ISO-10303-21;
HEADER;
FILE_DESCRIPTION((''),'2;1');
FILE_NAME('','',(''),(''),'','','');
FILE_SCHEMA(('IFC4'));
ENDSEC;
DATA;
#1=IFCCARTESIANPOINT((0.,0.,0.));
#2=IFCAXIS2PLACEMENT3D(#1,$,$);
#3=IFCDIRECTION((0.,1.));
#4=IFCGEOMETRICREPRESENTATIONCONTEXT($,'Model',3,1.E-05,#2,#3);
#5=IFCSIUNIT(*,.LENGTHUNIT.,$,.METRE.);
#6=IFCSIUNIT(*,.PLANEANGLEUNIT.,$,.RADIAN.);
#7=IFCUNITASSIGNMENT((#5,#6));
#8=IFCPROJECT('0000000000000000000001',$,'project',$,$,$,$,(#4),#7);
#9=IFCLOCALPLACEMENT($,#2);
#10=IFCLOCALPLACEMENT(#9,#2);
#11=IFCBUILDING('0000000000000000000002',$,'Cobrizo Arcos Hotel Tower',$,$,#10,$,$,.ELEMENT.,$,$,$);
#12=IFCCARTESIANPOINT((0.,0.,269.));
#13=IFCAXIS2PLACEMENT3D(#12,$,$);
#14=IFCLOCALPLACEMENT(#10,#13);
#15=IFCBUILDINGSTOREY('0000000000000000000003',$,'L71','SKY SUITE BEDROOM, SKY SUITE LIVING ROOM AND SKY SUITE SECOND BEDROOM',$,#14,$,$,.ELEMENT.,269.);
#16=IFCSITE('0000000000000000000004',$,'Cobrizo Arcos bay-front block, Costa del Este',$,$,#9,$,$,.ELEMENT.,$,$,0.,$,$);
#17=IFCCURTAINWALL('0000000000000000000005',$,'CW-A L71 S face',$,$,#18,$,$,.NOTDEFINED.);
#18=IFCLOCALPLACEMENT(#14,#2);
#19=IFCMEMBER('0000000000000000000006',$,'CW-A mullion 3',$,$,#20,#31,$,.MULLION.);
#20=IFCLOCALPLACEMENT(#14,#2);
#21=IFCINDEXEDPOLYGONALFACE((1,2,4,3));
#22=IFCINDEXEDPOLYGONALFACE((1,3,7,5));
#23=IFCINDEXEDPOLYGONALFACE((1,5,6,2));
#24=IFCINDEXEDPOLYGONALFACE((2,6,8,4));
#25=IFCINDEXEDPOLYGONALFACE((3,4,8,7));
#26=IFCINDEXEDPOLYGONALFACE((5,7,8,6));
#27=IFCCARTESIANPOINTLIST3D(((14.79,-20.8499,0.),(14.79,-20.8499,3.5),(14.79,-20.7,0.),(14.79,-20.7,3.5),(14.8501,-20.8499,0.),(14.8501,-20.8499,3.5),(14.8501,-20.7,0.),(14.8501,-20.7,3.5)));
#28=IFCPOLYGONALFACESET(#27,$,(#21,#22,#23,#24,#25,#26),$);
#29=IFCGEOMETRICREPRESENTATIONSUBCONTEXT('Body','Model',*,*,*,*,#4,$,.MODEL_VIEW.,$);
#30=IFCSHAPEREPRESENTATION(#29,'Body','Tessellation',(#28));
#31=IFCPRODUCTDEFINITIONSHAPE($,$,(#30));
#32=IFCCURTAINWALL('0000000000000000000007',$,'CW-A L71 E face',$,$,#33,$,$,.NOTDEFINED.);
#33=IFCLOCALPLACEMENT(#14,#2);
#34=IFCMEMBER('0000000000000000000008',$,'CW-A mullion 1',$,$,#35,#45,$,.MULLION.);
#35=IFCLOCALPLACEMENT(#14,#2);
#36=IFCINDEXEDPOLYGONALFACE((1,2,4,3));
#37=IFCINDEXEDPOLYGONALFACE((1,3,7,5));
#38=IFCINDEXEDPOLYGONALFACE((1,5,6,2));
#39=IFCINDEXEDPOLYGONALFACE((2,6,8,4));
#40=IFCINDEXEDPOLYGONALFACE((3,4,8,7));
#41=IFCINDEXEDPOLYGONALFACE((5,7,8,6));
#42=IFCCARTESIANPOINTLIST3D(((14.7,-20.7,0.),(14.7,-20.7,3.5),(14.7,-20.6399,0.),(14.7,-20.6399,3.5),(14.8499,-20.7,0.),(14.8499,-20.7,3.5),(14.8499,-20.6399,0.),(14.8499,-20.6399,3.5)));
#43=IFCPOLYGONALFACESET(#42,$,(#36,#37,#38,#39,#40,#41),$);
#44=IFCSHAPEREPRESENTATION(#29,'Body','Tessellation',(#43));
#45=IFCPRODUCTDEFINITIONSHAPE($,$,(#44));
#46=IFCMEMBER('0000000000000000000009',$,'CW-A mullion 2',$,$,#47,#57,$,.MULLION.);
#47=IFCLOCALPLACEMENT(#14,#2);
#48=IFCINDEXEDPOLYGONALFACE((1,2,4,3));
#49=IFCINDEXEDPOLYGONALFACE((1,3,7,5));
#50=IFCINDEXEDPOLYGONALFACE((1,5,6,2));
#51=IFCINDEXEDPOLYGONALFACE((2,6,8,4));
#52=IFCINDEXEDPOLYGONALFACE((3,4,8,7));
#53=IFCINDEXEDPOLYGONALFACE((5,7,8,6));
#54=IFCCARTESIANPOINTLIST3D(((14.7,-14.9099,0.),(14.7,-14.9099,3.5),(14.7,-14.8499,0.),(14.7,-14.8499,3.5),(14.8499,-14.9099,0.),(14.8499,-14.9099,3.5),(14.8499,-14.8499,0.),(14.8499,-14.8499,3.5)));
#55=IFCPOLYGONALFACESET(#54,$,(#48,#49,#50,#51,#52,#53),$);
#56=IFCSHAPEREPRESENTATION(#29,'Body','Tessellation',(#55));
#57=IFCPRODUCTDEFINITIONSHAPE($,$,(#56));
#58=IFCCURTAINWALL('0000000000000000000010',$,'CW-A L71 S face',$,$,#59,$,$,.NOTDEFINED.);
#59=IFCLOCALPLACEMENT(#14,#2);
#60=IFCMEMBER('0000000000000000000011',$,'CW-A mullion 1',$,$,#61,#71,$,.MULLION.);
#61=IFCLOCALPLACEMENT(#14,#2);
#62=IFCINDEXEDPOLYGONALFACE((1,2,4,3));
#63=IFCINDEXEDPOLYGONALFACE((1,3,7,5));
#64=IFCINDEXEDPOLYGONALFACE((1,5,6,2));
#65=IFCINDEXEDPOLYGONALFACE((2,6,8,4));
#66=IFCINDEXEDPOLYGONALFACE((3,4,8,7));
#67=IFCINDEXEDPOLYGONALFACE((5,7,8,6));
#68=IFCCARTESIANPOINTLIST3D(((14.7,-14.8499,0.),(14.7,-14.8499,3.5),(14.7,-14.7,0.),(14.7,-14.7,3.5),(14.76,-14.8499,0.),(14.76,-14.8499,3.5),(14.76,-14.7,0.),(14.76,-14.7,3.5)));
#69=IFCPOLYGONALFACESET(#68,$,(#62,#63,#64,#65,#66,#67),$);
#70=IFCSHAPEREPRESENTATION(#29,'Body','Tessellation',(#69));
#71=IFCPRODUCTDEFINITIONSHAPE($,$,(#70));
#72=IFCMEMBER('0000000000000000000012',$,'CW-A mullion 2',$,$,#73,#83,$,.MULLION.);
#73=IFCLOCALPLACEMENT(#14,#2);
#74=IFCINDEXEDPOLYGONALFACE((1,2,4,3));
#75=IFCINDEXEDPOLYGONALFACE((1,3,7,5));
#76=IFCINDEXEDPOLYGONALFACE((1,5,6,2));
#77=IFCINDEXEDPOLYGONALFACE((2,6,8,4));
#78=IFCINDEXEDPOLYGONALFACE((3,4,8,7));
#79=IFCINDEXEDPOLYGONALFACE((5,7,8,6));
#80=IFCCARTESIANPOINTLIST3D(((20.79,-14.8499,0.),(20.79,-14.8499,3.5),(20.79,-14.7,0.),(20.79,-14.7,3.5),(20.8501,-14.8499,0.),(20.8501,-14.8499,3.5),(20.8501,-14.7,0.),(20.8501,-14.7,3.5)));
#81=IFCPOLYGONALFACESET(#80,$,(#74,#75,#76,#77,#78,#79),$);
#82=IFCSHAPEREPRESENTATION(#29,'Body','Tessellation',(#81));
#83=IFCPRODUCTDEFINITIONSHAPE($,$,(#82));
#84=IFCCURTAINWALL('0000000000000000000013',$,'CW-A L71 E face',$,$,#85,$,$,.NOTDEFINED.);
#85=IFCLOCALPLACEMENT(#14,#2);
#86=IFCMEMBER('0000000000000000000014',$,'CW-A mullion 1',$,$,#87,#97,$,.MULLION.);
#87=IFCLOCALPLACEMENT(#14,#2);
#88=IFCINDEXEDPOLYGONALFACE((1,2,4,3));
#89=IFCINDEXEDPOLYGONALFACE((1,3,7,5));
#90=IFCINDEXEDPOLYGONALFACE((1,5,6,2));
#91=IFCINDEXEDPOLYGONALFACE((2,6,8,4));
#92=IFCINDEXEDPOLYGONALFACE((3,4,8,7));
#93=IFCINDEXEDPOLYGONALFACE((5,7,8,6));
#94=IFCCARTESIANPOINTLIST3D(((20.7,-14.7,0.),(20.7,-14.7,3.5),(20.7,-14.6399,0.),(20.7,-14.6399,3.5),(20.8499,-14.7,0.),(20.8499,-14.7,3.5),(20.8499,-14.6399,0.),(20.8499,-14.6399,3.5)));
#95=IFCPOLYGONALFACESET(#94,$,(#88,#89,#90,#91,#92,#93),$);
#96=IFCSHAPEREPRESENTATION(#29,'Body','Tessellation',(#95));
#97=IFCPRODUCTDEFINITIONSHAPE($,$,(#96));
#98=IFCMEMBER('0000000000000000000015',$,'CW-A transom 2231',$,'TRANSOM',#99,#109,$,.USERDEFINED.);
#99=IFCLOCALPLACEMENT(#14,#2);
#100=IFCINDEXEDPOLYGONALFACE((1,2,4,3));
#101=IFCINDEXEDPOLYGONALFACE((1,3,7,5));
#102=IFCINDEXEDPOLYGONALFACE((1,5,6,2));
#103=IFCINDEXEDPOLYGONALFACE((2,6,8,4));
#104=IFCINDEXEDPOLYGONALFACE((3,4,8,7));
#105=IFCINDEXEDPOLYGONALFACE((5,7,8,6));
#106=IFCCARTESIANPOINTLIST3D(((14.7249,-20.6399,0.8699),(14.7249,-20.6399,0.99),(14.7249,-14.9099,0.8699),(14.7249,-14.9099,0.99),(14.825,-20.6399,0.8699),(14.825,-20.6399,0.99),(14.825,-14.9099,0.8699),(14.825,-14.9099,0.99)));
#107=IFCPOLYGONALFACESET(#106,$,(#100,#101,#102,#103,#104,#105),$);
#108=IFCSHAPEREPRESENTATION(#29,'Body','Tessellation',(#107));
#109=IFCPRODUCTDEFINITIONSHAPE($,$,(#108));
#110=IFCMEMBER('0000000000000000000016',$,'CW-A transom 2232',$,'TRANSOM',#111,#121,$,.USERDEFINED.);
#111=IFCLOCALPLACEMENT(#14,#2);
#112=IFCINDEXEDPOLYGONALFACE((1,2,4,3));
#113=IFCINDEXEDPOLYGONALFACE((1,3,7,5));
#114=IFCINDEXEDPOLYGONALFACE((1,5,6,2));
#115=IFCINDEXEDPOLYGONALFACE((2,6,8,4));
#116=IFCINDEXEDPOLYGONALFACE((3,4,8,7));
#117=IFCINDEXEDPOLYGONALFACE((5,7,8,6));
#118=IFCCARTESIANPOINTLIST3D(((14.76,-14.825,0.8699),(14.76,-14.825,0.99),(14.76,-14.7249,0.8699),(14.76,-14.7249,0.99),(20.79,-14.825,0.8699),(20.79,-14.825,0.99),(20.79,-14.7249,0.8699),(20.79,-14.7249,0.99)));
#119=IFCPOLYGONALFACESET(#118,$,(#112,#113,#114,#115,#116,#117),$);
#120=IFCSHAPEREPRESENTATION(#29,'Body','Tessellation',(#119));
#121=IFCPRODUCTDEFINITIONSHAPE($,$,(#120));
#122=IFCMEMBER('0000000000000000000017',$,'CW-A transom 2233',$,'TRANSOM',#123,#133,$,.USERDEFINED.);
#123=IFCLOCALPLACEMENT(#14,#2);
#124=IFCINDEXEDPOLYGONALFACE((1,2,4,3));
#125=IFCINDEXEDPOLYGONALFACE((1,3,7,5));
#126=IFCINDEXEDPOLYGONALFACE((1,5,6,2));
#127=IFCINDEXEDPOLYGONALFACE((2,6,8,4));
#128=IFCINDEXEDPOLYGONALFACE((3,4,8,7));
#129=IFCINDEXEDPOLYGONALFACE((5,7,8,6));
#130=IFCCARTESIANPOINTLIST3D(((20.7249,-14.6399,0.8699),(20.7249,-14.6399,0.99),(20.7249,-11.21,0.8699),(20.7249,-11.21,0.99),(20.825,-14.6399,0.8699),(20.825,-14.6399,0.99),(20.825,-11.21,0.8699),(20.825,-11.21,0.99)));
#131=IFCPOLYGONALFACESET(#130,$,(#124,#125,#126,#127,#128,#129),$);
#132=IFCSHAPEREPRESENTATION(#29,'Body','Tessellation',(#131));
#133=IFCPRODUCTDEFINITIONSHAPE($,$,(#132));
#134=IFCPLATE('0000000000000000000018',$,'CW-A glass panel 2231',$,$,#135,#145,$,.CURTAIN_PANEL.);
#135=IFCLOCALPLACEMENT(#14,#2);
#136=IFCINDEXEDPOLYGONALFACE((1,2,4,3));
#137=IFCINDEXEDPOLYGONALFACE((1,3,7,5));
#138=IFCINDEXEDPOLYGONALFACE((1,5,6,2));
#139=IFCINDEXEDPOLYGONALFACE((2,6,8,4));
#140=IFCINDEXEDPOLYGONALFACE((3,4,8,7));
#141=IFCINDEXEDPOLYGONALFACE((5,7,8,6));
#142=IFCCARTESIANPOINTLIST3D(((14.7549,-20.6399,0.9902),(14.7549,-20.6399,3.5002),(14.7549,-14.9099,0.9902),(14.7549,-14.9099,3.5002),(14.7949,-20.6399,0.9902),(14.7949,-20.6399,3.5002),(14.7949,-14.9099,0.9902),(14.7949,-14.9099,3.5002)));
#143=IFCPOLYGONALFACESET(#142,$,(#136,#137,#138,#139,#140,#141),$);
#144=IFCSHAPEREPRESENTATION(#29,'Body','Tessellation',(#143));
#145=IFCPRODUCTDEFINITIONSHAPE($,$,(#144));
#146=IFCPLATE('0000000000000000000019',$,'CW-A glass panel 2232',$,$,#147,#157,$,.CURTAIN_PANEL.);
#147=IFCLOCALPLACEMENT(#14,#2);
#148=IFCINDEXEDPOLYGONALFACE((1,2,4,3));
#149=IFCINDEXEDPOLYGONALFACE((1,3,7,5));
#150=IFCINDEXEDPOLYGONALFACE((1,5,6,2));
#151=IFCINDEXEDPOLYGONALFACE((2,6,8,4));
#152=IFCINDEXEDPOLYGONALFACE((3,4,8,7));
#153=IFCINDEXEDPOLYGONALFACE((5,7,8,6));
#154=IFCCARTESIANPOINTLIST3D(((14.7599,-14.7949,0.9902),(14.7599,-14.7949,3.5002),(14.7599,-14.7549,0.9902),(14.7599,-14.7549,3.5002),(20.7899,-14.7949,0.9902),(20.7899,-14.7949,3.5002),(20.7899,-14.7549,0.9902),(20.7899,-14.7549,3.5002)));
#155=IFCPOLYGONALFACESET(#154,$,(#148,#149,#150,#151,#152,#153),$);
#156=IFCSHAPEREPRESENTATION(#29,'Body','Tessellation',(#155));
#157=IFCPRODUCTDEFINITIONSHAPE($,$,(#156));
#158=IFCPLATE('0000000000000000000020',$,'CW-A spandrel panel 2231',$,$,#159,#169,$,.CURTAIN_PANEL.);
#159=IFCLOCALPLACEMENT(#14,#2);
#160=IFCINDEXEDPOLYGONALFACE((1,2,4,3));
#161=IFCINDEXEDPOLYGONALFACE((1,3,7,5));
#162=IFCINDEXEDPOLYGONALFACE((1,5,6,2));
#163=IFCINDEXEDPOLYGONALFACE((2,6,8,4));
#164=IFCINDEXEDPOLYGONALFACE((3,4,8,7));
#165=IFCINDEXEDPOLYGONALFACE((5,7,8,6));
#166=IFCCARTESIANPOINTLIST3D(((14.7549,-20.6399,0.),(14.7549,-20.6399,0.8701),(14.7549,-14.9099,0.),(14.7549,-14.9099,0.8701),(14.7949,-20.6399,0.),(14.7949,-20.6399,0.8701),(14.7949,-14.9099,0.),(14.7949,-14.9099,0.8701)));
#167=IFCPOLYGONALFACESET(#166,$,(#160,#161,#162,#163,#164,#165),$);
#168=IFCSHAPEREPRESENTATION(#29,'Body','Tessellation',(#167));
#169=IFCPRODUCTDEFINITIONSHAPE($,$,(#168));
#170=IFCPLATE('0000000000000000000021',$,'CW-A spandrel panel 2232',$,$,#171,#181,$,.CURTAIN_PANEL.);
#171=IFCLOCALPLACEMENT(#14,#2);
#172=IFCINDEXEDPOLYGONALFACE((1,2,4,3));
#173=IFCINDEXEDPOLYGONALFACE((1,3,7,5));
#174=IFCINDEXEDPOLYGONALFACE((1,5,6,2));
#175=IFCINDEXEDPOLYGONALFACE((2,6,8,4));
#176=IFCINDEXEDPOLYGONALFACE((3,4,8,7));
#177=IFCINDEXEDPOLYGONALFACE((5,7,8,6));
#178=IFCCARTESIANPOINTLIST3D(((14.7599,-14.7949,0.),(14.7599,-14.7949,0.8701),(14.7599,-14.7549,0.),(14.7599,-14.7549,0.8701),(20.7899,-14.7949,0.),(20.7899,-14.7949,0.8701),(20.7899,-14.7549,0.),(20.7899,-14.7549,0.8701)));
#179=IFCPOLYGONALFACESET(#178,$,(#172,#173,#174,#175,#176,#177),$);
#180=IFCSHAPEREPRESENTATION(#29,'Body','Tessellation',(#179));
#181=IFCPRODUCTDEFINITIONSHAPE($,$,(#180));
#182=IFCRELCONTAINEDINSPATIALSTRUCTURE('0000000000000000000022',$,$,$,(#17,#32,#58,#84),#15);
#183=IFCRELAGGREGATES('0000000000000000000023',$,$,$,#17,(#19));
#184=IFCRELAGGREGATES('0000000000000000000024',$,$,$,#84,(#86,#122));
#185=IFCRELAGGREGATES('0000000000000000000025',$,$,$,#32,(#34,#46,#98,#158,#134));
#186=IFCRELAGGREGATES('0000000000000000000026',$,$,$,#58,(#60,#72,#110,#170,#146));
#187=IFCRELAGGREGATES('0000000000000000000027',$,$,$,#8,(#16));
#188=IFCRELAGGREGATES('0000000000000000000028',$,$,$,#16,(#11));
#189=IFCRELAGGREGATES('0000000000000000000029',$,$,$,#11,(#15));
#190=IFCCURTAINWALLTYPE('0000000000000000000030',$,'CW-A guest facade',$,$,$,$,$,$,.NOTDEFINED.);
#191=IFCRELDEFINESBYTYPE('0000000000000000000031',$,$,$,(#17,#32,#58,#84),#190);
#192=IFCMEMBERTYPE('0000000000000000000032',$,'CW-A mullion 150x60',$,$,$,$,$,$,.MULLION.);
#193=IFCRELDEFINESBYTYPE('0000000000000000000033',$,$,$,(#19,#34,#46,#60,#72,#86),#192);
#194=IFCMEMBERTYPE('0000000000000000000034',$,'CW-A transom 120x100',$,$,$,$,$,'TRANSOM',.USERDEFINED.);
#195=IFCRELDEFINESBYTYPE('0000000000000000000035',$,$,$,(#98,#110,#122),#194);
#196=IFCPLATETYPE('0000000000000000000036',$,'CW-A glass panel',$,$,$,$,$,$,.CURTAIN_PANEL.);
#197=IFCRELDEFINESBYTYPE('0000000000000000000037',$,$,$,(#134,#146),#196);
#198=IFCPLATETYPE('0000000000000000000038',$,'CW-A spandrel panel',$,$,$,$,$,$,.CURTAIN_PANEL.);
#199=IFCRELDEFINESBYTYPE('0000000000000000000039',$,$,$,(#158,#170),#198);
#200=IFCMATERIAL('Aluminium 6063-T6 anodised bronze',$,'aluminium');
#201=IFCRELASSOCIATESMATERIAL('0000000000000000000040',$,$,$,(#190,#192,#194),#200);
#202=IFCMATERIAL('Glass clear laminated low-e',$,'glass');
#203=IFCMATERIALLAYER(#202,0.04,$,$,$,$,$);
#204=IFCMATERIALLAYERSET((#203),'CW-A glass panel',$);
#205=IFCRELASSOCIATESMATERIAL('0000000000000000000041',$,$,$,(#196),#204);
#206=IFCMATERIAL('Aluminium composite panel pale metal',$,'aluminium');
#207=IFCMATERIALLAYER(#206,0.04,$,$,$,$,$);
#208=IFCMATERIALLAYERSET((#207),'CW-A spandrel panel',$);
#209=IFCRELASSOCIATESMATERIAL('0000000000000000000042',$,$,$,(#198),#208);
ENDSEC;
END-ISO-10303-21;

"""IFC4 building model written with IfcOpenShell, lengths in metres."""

from ifc_helpers import new_model, si_unit, direction, frame, origin, origin_2d, place, context, subcontext, project, spatial, rectangle, extrude, material, layer, layer_set, material_profile, profile_set, type_object, element, aggregate, save


model = new_model("IFC4")

# Units and contexts
model_context = context("Model", 3, precision=1e-05, world=origin(), true_north=direction((0.0, 1.0)))
body_context = subcontext(model_context, "Body", "Model", "MODEL_VIEW")
ifc_project = project(units=[si_unit("LENGTHUNIT", "METRE"), si_unit("PLANEANGLEUNIT", "RADIAN")], contexts=[model_context])

# Site, building, storey
site_placement = place(None, origin())
site = spatial("IfcSite", under=ifc_project, at=site_placement, Name="Cobrizo Arcos bay-front block, Costa del Este", CompositionType="ELEMENT", RefElevation=0.0)
building_placement = place(site_placement, origin())
building = spatial("IfcBuilding", under=site, at=building_placement, Name="Cobrizo Arcos Hotel Tower", CompositionType="ELEMENT")
storey_placement = place(building_placement, frame((0.0, 0.0, 269.0)))
storey = spatial("IfcBuildingStorey", under=building, at=storey_placement, Name="L71", Description="SKY SUITE BEDROOM, SKY SUITE LIVING ROOM AND SKY SUITE SECOND BEDROOM", CompositionType="ELEMENT", Elevation=269.0)

# Curtain wall, member
ifc_material_1 = material(Name="Aluminium 6063-T6 anodised bronze", Category="aluminium")
curtain_wall_type = type_object("IfcCurtainWallType", Name="CW-A guest facade", PredefinedType="NOTDEFINED", material=ifc_material_1)
curtain_wall_1_placement = place(storey_placement, origin())
curtain_wall_1 = element("IfcCurtainWall", 1, at=curtain_wall_1_placement, inside=storey, type_object=curtain_wall_type, Name="CW-A L71 S face", PredefinedType="NOTDEFINED")
ifc_material_profile_1 = material_profile(ifc_material_1, rectangle(XDim=0.1499, YDim=0.0601, at=origin_2d()), Name="CW-A mullion 150x60")
ifc_profile_set_1 = profile_set([ifc_material_profile_1], Name="Aluminium 6063-T6 anodised bronze")
member_type_1 = type_object("IfcMemberType", Name="CW-A mullion 150x60", PredefinedType="MULLION", material=ifc_profile_set_1)
member_1_placement = place(storey_placement, frame((14.8201, -20.7749, 0.0), z_axis=(0.0, 0.0, 1.0), x_axis=(0.0, -1.0, 0.0)))
member_1 = element("IfcMember", 2, at=member_1_placement, type_object=member_type_1, Name="CW-A mullion 3", PredefinedType="MULLION", context=body_context, shape_type="SweptSolid", body=[
    extrude(rectangle(XDim=0.1499, YDim=0.0601, at=origin_2d()), origin(), (0.0, 0.0, 1.0), 3.5),
])
aggregate(curtain_wall_1, [member_1])

# Curtain walls, members
curtain_wall_2_placement = place(storey_placement, origin())
curtain_wall_2 = element("IfcCurtainWall", 3, at=curtain_wall_2_placement, inside=storey, type_object=curtain_wall_type, Name="CW-A L71 E face", PredefinedType="NOTDEFINED")
member_2_placement = place(storey_placement, frame((14.7749, -20.6699, 0.0), z_axis=(0.0, 0.0, 1.0), x_axis=(1.0, 0.0, 0.0)))
member_2 = element("IfcMember", 4, at=member_2_placement, type_object=member_type_1, Name="CW-A mullion 1", PredefinedType="MULLION", context=body_context, shape_type="SweptSolid", body=[
    extrude(rectangle(XDim=0.1499, YDim=0.0601, at=origin_2d()), origin(), (0.0, 0.0, 1.0), 3.5),
])
member_3_placement = place(storey_placement, frame((14.7749, -14.8799, 0.0), z_axis=(0.0, 0.0, 1.0), x_axis=(1.0, 0.0, 0.0)))
member_3 = element("IfcMember", 5, at=member_3_placement, type_object=member_type_1, Name="CW-A mullion 2", PredefinedType="MULLION", context=body_context, shape_type="SweptSolid", body=[
    extrude(rectangle(XDim=0.1499, YDim=0.0601, at=origin_2d()), origin(), (0.0, 0.0, 1.0), 3.5),
])
curtain_wall_3_placement = place(storey_placement, origin())
curtain_wall_3 = element("IfcCurtainWall", 6, at=curtain_wall_3_placement, inside=storey, type_object=curtain_wall_type, Name="CW-A L71 S face", PredefinedType="NOTDEFINED")
member_4_placement = place(storey_placement, frame((14.73, -14.7749, 0.0), z_axis=(0.0, 0.0, 1.0), x_axis=(0.0, -1.0, 0.0)))
member_4 = element("IfcMember", 7, at=member_4_placement, type_object=member_type_1, Name="CW-A mullion 1", PredefinedType="MULLION", context=body_context, shape_type="SweptSolid", body=[
    extrude(rectangle(XDim=0.1499, YDim=0.0601, at=origin_2d()), origin(), (0.0, 0.0, 1.0), 3.5),
])
member_5_placement = place(storey_placement, frame((20.8201, -14.7749, 0.0), z_axis=(0.0, 0.0, 1.0), x_axis=(0.0, -1.0, 0.0)))
member_5 = element("IfcMember", 8, at=member_5_placement, type_object=member_type_1, Name="CW-A mullion 2", PredefinedType="MULLION", context=body_context, shape_type="SweptSolid", body=[
    extrude(rectangle(XDim=0.1499, YDim=0.0601, at=origin_2d()), origin(), (0.0, 0.0, 1.0), 3.5),
])

# Curtain wall, member
curtain_wall_4_placement = place(storey_placement, origin())
curtain_wall_4 = element("IfcCurtainWall", 9, at=curtain_wall_4_placement, inside=storey, type_object=curtain_wall_type, Name="CW-A L71 E face", PredefinedType="NOTDEFINED")
member_6_placement = place(storey_placement, frame((20.7749, -14.6699, 0.0), z_axis=(0.0, 0.0, 1.0), x_axis=(1.0, 0.0, 0.0)))
member_6 = element("IfcMember", 10, at=member_6_placement, type_object=member_type_1, Name="CW-A mullion 1", PredefinedType="MULLION", context=body_context, shape_type="SweptSolid", body=[
    extrude(rectangle(XDim=0.1499, YDim=0.0601, at=origin_2d()), origin(), (0.0, 0.0, 1.0), 3.5),
])

# Members
ifc_material_profile_2 = material_profile(ifc_material_1, rectangle(XDim=0.1001, YDim=0.1201, at=origin_2d()), Name="CW-A transom 120x100")
ifc_profile_set_2 = profile_set([ifc_material_profile_2], Name="Aluminium 6063-T6 anodised bronze")
member_type_2 = type_object("IfcMemberType", Name="CW-A transom 120x100", ElementType="TRANSOM", PredefinedType="USERDEFINED", material=ifc_profile_set_2)
member_7_placement = place(storey_placement, frame((14.7749, -20.6399, 0.9299), z_axis=(0.0, 1.0, 0.0), x_axis=(-1.0, 0.0, 0.0)))
member_7 = element("IfcMember", 11, at=member_7_placement, type_object=member_type_2, Name="CW-A transom 2231", ObjectType="TRANSOM", PredefinedType="USERDEFINED", context=body_context, shape_type="SweptSolid", body=[
    extrude(rectangle(XDim=0.1001, YDim=0.1201, at=origin_2d()), origin(), (0.0, 0.0, 1.0), 5.73),
])
member_8_placement = place(storey_placement, frame((14.76, -14.7749, 0.9299), z_axis=(1.0, 0.0, 0.0), x_axis=(0.0, 1.0, 0.0)))
member_8 = element("IfcMember", 12, at=member_8_placement, type_object=member_type_2, Name="CW-A transom 2232", ObjectType="TRANSOM", PredefinedType="USERDEFINED", context=body_context, shape_type="SweptSolid", body=[
    extrude(rectangle(XDim=0.1001, YDim=0.1201, at=origin_2d()), origin(), (0.0, 0.0, 1.0), 6.03),
])
member_9_placement = place(storey_placement, frame((20.7749, -14.6399, 0.9299), z_axis=(0.0, 1.0, 0.0), x_axis=(-1.0, 0.0, 0.0)))
member_9 = element("IfcMember", 13, at=member_9_placement, type_object=member_type_2, Name="CW-A transom 2233", ObjectType="TRANSOM", PredefinedType="USERDEFINED", context=body_context, shape_type="SweptSolid", body=[
    extrude(rectangle(XDim=0.1001, YDim=0.1201, at=origin_2d()), origin(), (0.0, 0.0, 1.0), 3.4299),
])
aggregate(curtain_wall_4, [member_6, member_9])

# Plates
ifc_material_2 = material(Name="Glass clear laminated low-e", Category="glass")
ifc_layer_1 = layer(ifc_material_2, 0.04)
ifc_layer_set_1 = layer_set([ifc_layer_1], Name="CW-A glass panel")
plate_type_1 = type_object("IfcPlateType", Name="CW-A glass panel", PredefinedType="CURTAIN_PANEL", material=ifc_layer_set_1)
plate_1_placement = place(storey_placement, frame((14.7749, -17.7749, 0.9902), z_axis=(0.0, 0.0, 1.0), x_axis=(0.0, 1.0, 0.0)))
plate_1 = element("IfcPlate", 14, at=plate_1_placement, type_object=plate_type_1, Name="CW-A glass panel 2231", PredefinedType="CURTAIN_PANEL", context=body_context, shape_type="SweptSolid", body=[
    extrude(rectangle(XDim=5.73, YDim=0.04, at=origin_2d()), origin(), (0.0, 0.0, 1.0), 2.51),
])
plate_2_placement = place(storey_placement, frame((17.7749, -14.7749, 0.9902), z_axis=(0.0, 0.0, 1.0), x_axis=(1.0, 0.0, 0.0)))
plate_2 = element("IfcPlate", 15, at=plate_2_placement, type_object=plate_type_1, Name="CW-A glass panel 2232", PredefinedType="CURTAIN_PANEL", context=body_context, shape_type="SweptSolid", body=[
    extrude(rectangle(XDim=6.03, YDim=0.04, at=origin_2d()), origin(), (0.0, 0.0, 1.0), 2.51),
])
ifc_material_3 = material(Name="Aluminium composite panel pale metal", Category="aluminium")
ifc_layer_2 = layer(ifc_material_3, 0.04)
ifc_layer_set_2 = layer_set([ifc_layer_2], Name="CW-A spandrel panel")
plate_type_2 = type_object("IfcPlateType", Name="CW-A spandrel panel", PredefinedType="CURTAIN_PANEL", material=ifc_layer_set_2)
plate_3_placement = place(storey_placement, frame((14.7749, -17.7749, 0.0), z_axis=(0.0, 0.0, 1.0), x_axis=(0.0, 1.0, 0.0)))
plate_3 = element("IfcPlate", 16, at=plate_3_placement, type_object=plate_type_2, Name="CW-A spandrel panel 2231", PredefinedType="CURTAIN_PANEL", context=body_context, shape_type="SweptSolid", body=[
    extrude(rectangle(XDim=5.73, YDim=0.04, at=origin_2d()), origin(), (0.0, 0.0, 1.0), 0.8701),
])
aggregate(curtain_wall_2, [member_2, member_3, member_7, plate_3, plate_1])
plate_4_placement = place(storey_placement, frame((17.7749, -14.7749, 0.0), z_axis=(0.0, 0.0, 1.0), x_axis=(1.0, 0.0, 0.0)))
plate_4 = element("IfcPlate", 17, at=plate_4_placement, type_object=plate_type_2, Name="CW-A spandrel panel 2232", PredefinedType="CURTAIN_PANEL", context=body_context, shape_type="SweptSolid", body=[
    extrude(rectangle(XDim=6.03, YDim=0.04, at=origin_2d()), origin(), (0.0, 0.0, 1.0), 0.8701),
])
aggregate(curtain_wall_3, [member_4, member_5, member_8, plate_4, plate_2])

save(model, "model.ifc")
